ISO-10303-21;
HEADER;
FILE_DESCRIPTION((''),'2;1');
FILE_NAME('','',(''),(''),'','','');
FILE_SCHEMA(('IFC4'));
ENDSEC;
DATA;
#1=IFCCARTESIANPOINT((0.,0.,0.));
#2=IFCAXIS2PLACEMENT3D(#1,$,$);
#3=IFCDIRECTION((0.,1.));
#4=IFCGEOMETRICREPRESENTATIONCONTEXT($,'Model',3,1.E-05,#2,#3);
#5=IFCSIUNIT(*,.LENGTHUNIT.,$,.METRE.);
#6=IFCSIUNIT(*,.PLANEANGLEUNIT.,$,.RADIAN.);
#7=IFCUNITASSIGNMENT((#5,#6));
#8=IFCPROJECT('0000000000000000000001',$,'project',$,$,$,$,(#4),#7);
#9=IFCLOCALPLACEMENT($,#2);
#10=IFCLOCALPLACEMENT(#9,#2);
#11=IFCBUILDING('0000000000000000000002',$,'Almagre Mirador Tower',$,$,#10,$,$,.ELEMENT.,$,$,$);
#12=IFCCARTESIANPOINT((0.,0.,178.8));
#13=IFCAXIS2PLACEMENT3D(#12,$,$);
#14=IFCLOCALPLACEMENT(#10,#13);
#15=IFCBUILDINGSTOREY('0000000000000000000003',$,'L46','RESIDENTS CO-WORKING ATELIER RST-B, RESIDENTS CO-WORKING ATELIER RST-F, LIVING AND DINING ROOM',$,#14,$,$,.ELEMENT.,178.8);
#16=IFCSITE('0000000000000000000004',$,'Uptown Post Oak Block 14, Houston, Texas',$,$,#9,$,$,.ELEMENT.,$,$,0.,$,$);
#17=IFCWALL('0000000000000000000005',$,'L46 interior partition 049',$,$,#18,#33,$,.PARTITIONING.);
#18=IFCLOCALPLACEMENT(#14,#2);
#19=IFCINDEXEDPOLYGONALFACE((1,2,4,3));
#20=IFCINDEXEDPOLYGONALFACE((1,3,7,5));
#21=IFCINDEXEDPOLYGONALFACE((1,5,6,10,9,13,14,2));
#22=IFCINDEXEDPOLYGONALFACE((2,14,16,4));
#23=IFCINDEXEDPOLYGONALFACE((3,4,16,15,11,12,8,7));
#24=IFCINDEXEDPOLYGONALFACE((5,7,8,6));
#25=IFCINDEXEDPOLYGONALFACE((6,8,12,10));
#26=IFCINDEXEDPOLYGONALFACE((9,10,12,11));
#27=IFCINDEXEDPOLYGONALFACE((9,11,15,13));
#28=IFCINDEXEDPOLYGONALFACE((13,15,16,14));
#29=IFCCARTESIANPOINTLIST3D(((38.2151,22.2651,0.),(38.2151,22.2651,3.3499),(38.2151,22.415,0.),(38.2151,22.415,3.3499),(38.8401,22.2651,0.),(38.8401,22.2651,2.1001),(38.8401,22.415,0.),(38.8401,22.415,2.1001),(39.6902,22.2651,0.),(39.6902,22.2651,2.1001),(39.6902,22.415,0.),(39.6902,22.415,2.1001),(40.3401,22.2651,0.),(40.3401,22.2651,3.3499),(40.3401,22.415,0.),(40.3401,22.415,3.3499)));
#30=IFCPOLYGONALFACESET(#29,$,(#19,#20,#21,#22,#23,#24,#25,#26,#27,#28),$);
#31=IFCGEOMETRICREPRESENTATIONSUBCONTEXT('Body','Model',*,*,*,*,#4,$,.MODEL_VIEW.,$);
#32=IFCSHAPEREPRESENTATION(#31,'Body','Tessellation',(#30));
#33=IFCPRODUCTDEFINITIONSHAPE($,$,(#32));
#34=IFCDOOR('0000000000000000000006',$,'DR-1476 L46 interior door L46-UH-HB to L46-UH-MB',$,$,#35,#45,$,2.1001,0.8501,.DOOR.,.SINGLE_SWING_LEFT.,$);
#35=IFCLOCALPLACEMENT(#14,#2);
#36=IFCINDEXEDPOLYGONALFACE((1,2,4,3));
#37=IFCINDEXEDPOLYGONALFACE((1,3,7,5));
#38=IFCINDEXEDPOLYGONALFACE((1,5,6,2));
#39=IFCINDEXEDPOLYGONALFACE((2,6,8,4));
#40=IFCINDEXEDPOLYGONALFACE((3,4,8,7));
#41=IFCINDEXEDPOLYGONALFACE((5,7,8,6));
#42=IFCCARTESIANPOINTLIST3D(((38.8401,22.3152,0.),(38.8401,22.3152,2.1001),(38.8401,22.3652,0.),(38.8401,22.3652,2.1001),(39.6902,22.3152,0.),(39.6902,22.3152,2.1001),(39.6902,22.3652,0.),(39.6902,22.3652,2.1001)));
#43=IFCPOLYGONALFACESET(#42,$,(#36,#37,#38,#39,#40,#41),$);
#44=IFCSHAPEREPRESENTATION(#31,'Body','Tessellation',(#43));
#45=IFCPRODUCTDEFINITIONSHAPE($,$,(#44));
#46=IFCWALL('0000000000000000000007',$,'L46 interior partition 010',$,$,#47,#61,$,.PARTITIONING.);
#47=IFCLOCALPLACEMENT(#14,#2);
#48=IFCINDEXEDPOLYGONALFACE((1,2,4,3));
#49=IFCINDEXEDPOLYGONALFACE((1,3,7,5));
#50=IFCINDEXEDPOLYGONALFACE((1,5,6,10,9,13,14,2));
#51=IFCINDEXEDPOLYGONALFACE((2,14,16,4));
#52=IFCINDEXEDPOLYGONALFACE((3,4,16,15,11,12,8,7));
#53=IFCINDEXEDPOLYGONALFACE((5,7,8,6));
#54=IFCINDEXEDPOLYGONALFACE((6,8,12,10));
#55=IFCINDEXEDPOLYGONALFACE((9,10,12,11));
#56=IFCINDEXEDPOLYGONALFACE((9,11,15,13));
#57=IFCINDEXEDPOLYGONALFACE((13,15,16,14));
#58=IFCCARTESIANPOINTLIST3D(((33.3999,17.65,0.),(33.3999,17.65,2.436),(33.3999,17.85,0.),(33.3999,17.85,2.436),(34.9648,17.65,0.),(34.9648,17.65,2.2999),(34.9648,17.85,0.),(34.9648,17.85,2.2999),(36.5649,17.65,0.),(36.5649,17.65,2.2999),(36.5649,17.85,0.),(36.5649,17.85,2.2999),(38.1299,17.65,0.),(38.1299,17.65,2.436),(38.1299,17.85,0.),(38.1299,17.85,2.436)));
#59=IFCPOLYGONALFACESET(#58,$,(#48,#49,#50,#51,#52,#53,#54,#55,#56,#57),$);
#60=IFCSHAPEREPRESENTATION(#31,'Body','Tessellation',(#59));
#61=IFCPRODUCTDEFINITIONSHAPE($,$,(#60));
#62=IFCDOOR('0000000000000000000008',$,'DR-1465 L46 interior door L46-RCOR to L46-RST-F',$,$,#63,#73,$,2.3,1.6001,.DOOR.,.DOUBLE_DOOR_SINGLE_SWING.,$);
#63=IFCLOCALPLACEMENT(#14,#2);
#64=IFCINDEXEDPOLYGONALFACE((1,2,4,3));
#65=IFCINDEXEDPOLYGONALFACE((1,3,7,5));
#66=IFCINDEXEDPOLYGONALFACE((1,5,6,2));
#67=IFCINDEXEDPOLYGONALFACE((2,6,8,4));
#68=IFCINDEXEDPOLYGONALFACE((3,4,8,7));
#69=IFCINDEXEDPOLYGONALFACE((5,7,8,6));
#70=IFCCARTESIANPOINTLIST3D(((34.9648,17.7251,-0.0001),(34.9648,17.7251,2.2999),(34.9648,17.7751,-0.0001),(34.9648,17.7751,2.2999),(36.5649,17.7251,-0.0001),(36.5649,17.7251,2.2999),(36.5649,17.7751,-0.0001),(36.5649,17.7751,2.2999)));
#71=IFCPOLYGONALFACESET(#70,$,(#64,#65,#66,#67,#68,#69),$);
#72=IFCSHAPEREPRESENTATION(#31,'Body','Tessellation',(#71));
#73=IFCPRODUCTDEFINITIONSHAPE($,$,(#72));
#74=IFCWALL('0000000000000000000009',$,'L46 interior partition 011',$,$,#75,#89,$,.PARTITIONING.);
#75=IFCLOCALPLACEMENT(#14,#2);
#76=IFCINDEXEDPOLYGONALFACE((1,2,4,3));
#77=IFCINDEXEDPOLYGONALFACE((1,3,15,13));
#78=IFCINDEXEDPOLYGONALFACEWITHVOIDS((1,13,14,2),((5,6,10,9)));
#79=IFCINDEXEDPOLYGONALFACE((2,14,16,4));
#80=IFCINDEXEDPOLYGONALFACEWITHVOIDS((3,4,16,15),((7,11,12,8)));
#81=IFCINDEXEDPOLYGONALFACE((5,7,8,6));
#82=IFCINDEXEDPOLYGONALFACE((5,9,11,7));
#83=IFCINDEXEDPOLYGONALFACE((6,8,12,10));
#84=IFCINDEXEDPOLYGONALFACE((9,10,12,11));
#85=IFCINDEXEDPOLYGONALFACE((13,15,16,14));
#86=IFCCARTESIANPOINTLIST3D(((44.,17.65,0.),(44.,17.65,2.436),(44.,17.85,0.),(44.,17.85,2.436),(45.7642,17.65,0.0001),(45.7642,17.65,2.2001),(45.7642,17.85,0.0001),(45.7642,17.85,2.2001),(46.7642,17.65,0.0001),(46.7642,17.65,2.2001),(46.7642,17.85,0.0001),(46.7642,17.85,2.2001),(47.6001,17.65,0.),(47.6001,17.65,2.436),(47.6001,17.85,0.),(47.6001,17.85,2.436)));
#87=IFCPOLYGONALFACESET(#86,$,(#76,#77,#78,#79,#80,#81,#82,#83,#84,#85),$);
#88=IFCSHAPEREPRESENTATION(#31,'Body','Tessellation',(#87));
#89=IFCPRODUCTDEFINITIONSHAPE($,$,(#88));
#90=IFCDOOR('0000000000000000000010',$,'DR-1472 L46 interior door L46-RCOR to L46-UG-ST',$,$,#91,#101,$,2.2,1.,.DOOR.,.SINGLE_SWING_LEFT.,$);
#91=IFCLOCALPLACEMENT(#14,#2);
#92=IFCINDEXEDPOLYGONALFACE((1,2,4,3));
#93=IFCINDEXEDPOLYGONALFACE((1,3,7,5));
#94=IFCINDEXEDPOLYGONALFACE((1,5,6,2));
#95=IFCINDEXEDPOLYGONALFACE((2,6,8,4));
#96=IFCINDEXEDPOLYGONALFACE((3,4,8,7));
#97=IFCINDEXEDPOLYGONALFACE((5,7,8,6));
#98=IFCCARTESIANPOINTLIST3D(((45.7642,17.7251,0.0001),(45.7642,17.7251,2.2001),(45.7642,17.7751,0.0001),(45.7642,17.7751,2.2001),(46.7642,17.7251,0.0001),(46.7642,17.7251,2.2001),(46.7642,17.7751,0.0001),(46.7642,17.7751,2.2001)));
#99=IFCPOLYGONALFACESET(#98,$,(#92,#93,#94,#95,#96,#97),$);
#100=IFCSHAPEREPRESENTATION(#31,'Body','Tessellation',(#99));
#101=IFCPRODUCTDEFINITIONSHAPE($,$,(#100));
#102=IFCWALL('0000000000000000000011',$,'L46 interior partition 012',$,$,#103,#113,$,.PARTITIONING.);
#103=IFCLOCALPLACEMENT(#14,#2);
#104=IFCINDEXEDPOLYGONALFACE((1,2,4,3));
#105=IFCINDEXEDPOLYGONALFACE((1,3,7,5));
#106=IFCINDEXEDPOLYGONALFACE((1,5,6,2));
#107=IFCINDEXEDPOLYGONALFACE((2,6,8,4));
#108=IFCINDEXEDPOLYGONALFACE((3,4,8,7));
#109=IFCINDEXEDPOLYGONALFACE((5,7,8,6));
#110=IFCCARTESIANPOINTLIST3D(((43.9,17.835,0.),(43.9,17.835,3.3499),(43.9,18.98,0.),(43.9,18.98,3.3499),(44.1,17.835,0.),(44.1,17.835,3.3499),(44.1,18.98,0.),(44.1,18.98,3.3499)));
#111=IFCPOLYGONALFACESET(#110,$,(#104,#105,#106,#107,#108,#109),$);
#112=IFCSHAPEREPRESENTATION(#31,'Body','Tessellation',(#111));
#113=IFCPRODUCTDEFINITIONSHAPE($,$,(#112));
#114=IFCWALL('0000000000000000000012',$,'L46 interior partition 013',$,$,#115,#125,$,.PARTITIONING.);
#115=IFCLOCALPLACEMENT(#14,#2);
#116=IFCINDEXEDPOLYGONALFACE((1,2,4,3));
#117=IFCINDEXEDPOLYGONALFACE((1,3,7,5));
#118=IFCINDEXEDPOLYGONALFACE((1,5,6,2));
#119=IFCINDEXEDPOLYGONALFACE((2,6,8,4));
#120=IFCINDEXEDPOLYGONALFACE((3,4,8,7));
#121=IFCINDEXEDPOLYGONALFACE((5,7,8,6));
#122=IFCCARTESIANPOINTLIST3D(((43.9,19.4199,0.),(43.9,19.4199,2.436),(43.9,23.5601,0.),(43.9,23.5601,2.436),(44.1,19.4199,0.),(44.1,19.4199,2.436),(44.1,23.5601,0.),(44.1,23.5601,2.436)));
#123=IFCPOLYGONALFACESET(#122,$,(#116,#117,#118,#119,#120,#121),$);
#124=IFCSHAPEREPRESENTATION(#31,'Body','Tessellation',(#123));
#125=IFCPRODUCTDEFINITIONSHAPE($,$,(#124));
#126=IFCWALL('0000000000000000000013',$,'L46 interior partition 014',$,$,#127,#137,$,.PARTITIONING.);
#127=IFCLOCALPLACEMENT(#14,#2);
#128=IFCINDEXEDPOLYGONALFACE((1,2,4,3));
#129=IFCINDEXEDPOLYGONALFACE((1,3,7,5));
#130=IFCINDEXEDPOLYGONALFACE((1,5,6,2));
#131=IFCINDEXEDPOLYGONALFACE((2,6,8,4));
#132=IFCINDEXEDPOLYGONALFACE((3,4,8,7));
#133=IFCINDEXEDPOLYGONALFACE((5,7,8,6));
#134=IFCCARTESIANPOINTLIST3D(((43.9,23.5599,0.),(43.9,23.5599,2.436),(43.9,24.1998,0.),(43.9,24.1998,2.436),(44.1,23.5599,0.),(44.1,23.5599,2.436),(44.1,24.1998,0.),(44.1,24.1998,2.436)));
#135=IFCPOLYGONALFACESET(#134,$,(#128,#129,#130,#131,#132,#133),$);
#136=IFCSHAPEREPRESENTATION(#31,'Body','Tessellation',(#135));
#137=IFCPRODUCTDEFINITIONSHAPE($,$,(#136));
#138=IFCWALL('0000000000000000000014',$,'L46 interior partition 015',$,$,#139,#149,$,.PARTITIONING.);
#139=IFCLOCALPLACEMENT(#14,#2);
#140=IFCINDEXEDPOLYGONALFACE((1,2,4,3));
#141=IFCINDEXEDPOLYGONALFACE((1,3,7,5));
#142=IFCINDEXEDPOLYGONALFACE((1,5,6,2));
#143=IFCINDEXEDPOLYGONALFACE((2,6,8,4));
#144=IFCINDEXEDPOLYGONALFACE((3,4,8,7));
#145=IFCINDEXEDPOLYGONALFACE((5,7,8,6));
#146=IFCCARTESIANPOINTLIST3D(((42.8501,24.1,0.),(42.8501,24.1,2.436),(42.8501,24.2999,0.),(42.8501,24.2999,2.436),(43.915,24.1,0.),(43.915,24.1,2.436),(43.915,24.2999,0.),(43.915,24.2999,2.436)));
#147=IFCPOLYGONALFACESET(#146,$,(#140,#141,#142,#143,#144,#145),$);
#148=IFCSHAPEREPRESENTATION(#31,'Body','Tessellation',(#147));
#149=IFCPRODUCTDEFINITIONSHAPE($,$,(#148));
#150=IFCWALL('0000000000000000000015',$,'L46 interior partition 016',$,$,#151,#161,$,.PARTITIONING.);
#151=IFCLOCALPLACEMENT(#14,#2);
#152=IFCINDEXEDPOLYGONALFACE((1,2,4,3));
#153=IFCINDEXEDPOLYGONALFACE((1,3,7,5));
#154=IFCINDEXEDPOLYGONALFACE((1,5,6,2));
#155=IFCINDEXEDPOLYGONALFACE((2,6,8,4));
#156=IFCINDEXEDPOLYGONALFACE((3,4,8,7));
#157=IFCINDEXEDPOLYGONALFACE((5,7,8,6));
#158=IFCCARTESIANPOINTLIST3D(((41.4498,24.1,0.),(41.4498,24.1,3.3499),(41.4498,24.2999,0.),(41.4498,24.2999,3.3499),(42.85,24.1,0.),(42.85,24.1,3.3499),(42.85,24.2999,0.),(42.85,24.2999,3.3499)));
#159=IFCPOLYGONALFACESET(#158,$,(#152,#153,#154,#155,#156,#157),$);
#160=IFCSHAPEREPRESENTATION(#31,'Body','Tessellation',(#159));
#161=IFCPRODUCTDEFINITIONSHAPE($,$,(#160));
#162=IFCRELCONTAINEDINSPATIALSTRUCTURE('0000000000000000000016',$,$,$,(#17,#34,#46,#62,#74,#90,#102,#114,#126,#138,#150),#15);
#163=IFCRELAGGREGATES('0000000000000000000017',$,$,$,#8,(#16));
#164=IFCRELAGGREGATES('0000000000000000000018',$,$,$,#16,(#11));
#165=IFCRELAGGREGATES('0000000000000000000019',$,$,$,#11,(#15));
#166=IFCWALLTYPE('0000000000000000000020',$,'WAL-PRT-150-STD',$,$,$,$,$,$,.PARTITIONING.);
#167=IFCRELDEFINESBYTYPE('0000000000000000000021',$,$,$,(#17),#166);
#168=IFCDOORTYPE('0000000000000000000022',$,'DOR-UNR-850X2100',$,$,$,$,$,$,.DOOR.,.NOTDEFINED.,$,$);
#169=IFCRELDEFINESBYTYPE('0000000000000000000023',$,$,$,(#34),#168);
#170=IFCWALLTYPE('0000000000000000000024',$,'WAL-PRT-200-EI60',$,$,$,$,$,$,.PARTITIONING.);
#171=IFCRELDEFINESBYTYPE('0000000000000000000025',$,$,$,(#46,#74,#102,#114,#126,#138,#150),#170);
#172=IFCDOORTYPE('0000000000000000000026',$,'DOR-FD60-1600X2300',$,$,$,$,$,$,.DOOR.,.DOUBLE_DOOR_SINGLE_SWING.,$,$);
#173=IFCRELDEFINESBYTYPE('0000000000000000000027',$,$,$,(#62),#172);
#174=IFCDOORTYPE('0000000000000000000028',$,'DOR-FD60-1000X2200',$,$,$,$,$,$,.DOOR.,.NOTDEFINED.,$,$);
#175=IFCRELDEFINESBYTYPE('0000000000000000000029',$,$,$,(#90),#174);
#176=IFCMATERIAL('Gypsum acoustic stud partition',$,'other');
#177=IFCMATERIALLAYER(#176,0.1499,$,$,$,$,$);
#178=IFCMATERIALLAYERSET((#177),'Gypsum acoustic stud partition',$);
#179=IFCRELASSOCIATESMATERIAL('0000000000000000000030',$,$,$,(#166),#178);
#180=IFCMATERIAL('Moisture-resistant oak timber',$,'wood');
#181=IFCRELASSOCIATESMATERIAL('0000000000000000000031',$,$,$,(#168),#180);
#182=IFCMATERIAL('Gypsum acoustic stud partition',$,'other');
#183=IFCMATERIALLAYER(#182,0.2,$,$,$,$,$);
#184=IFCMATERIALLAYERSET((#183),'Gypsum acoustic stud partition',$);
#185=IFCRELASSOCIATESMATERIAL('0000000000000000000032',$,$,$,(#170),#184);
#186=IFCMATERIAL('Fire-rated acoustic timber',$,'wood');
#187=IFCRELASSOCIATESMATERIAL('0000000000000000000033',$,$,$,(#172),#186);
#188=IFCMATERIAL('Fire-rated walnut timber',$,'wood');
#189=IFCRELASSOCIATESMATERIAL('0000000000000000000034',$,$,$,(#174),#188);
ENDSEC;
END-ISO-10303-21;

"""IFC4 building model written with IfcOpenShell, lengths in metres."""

from ifc_helpers import new_model, si_unit, direction, frame, frame_2d, origin, place, context, subcontext, project, spatial, rectangle, extrude, material, layer, layer_set, type_object, element, fill, save


model = new_model("IFC4")

# Units and contexts
model_context = context("Model", 3, precision=1e-05, world=origin(), true_north=direction((0.0, 1.0)))
body_context = subcontext(model_context, "Body", "Model", "MODEL_VIEW")
ifc_project = project(units=[si_unit("LENGTHUNIT", "METRE"), si_unit("PLANEANGLEUNIT", "RADIAN")], contexts=[model_context])

# Site, building, storey
site_placement = place(None, origin())
site = spatial("IfcSite", under=ifc_project, at=site_placement, Name="Uptown Post Oak Block 14, Houston, Texas", CompositionType="ELEMENT", RefElevation=0.0)
building_placement = place(site_placement, origin())
building = spatial("IfcBuilding", under=site, at=building_placement, Name="Almagre Mirador Tower", CompositionType="ELEMENT")
storey_placement = place(building_placement, frame((0.0, 0.0, 178.8)))
storey = spatial("IfcBuildingStorey", under=building, at=storey_placement, Name="L46", Description="RESIDENTS CO-WORKING ATELIER RST-B, RESIDENTS CO-WORKING ATELIER RST-F, LIVING AND DINING ROOM", CompositionType="ELEMENT", Elevation=178.8)

# Shared definitions
ifc_material_1 = material(Name="Gypsum acoustic stud partition", Category="other")
ifc_layer_1 = layer(ifc_material_1, 0.1499)
ifc_layer_set_1 = layer_set([ifc_layer_1], Name="Gypsum acoustic stud partition")
wall_type_1 = type_object("IfcWallType", Name="WAL-PRT-150-STD", PredefinedType="PARTITIONING", material=ifc_layer_set_1)

# Walls, openings, doors
wall_1_placement = place(storey_placement, frame((40.3401, 22.3401, 0.0), z_axis=(0.0, 0.0, 1.0), x_axis=(-1.0, 0.0, 0.0)))
wall_1 = element("IfcWall", 1, at=wall_1_placement, inside=storey, type_object=wall_type_1, Name="L46 interior partition 049", PredefinedType="PARTITIONING", context=body_context, shape_type="SweptSolid", body=[
    extrude(rectangle(XDim=2.125, YDim=0.1499, at=frame_2d((1.0625, 0.0))), origin(), (0.0, 0.0, 1.0), 3.3499),
])
opening_1_placement = place(wall_1_placement, frame((0.6499, 0.0, 0.0)))
opening_1 = element("IfcOpeningElement", 2, at=opening_1_placement, cuts=wall_1, PredefinedType="OPENING", context=body_context, shape_type="SweptSolid", body=[
    extrude(rectangle(XDim=0.8501, YDim=2.1001, at=frame_2d((0.425, 1.05))), frame((0.0, 0.085, 0.0), z_axis=(0.0, -1.0, 0.0), x_axis=(1.0, 0.0, 0.0)), (0.0, 0.0, 1.0), 0.1699),
])
ifc_material_2 = material(Name="Moisture-resistant oak timber", Category="wood")
door_type_1 = type_object("IfcDoorType", Name="DOR-UNR-850X2100", OperationType="NOTDEFINED", PredefinedType="DOOR", material=ifc_material_2)
door_1_placement = place(opening_1_placement, origin())
door_1 = element("IfcDoor", 3, at=door_1_placement, inside=storey, type_object=door_type_1, Name="DR-1476 L46 interior door L46-UH-HB to L46-UH-MB", OperationType="SINGLE_SWING_LEFT", OverallHeight=2.1001, OverallWidth=0.8501, PredefinedType="DOOR", context=body_context, shape_type="SweptSolid", body=[
    extrude(rectangle(XDim=0.8501, YDim=2.1001, at=frame_2d((0.425, 1.05))), frame((0.0, 0.0249, 0.0), z_axis=(0.0, -1.0, 0.0), x_axis=(1.0, 0.0, 0.0)), (0.0, 0.0, 1.0), 0.05),
])
fill(opening_1, door_1)
ifc_material_3 = material(Name="Gypsum acoustic stud partition", Category="other")
ifc_layer_2 = layer(ifc_material_3, 0.2)
ifc_layer_set_2 = layer_set([ifc_layer_2], Name="Gypsum acoustic stud partition")
wall_type_2 = type_object("IfcWallType", Name="WAL-PRT-200-EI60", PredefinedType="PARTITIONING", material=ifc_layer_set_2)
wall_2_placement = place(storey_placement, frame((38.1299, 17.75, 0.0), z_axis=(0.0, 0.0, 1.0), x_axis=(-1.0, 0.0, 0.0)))
wall_2 = element("IfcWall", 4, at=wall_2_placement, inside=storey, type_object=wall_type_2, Name="L46 interior partition 010", PredefinedType="PARTITIONING", context=body_context, shape_type="SweptSolid", body=[
    extrude(rectangle(XDim=4.73, YDim=0.2, at=frame_2d((2.365, 0.0))), origin(), (0.0, 0.0, 1.0), 2.436),
])
opening_2_placement = place(wall_2_placement, frame((1.5649, 0.0, 0.0)))
opening_2 = element("IfcOpeningElement", 5, at=opening_2_placement, cuts=wall_2, PredefinedType="OPENING", context=body_context, shape_type="SweptSolid", body=[
    extrude(rectangle(XDim=1.6001, YDim=2.3, at=frame_2d((0.8, 1.1499))), frame((0.0, 0.1101, 0.0), z_axis=(0.0, -1.0, 0.0), x_axis=(1.0, 0.0, 0.0)), (0.0, 0.0, 1.0), 0.22),
])
ifc_material_4 = material(Name="Fire-rated acoustic timber", Category="wood")
door_type_2 = type_object("IfcDoorType", Name="DOR-FD60-1600X2300", OperationType="DOUBLE_DOOR_SINGLE_SWING", PredefinedType="DOOR", material=ifc_material_4)
door_2_placement = place(opening_2_placement, origin())
door_2 = element("IfcDoor", 6, at=door_2_placement, inside=storey, type_object=door_type_2, Name="DR-1465 L46 interior door L46-RCOR to L46-RST-F", OperationType="DOUBLE_DOOR_SINGLE_SWING", OverallHeight=2.3, OverallWidth=1.6001, PredefinedType="DOOR", context=body_context, shape_type="SweptSolid", body=[
    extrude(rectangle(XDim=1.6001, YDim=2.3, at=frame_2d((0.8, 1.1499))), frame((0.0, 0.0249, 0.0), z_axis=(0.0, -1.0, 0.0), x_axis=(1.0, 0.0, 0.0)), (0.0, 0.0, 1.0), 0.05),
])
fill(opening_2, door_2)
wall_3_placement = place(storey_placement, frame((47.6001, 17.75, 0.0), z_axis=(0.0, 0.0, 1.0), x_axis=(-1.0, 0.0, 0.0)))
wall_3 = element("IfcWall", 7, at=wall_3_placement, inside=storey, type_object=wall_type_2, Name="L46 interior partition 011", PredefinedType="PARTITIONING", context=body_context, shape_type="SweptSolid", body=[
    extrude(rectangle(XDim=3.6001, YDim=0.2, at=frame_2d((1.8, 0.0))), origin(), (0.0, 0.0, 1.0), 2.436),
])
opening_3_placement = place(wall_3_placement, frame((0.8359, 0.0, 0.0)))
opening_3 = element("IfcOpeningElement", 8, at=opening_3_placement, cuts=wall_3, PredefinedType="OPENING", context=body_context, shape_type="SweptSolid", body=[
    extrude(rectangle(XDim=1.0, YDim=2.2, at=frame_2d((0.5, 1.1001))), frame((0.0, 0.1101, 0.0), z_axis=(0.0, -1.0, 0.0), x_axis=(1.0, 0.0, 0.0)), (0.0, 0.0, 1.0), 0.22),
])
ifc_material_5 = material(Name="Fire-rated walnut timber", Category="wood")
door_type_3 = type_object("IfcDoorType", Name="DOR-FD60-1000X2200", OperationType="NOTDEFINED", PredefinedType="DOOR", material=ifc_material_5)
door_3_placement = place(opening_3_placement, origin())
door_3 = element("IfcDoor", 9, at=door_3_placement, inside=storey, type_object=door_type_3, Name="DR-1472 L46 interior door L46-RCOR to L46-UG-ST", OperationType="SINGLE_SWING_LEFT", OverallHeight=2.2, OverallWidth=1.0, PredefinedType="DOOR", context=body_context, shape_type="SweptSolid", body=[
    extrude(rectangle(XDim=1.0, YDim=2.2, at=frame_2d((0.5, 1.1001))), frame((0.0, 0.0249, 0.0), z_axis=(0.0, -1.0, 0.0), x_axis=(1.0, 0.0, 0.0)), (0.0, 0.0, 1.0), 0.05),
])
fill(opening_3, door_3)

# Walls
wall_4_placement = place(storey_placement, frame((44.0, 17.835, 0.0), z_axis=(0.0, 0.0, 1.0), x_axis=(0.0, 1.0, 0.0)))
element("IfcWall", 10, at=wall_4_placement, inside=storey, type_object=wall_type_2, Name="L46 interior partition 012", PredefinedType="PARTITIONING", context=body_context, shape_type="SweptSolid", body=[
    extrude(rectangle(XDim=1.145, YDim=0.2, at=frame_2d((0.5725, 0.0))), origin(), (0.0, 0.0, 1.0), 3.3499),
])
wall_5_placement = place(storey_placement, frame((44.0, 19.4199, 0.0), z_axis=(0.0, 0.0, 1.0), x_axis=(0.0, 1.0, 0.0)))
element("IfcWall", 11, at=wall_5_placement, inside=storey, type_object=wall_type_2, Name="L46 interior partition 013", PredefinedType="PARTITIONING", context=body_context, shape_type="SweptSolid", body=[
    extrude(rectangle(XDim=4.1401, YDim=0.2, at=frame_2d((2.0701, 0.0))), origin(), (0.0, 0.0, 1.0), 2.436),
])
wall_6_placement = place(storey_placement, frame((44.0, 23.5601, 0.0), z_axis=(0.0, 0.0, 1.0), x_axis=(0.0, 1.0, 0.0)))
element("IfcWall", 12, at=wall_6_placement, inside=storey, type_object=wall_type_2, Name="L46 interior partition 014", PredefinedType="PARTITIONING", context=body_context, shape_type="SweptSolid", body=[
    extrude(rectangle(XDim=0.6399, YDim=0.2, at=frame_2d((0.3198, 0.0))), origin(), (0.0, 0.0, 1.0), 2.436),
])
wall_7_placement = place(storey_placement, frame((43.915, 24.2, 0.0), z_axis=(0.0, 0.0, 1.0), x_axis=(-1.0, 0.0, 0.0)))
element("IfcWall", 13, at=wall_7_placement, inside=storey, type_object=wall_type_2, Name="L46 interior partition 015", PredefinedType="PARTITIONING", context=body_context, shape_type="SweptSolid", body=[
    extrude(rectangle(XDim=1.0649, YDim=0.2, at=frame_2d((0.5325, 0.0))), origin(), (0.0, 0.0, 1.0), 2.436),
])
wall_8_placement = place(storey_placement, frame((42.8501, 24.2, 0.0), z_axis=(0.0, 0.0, 1.0), x_axis=(-1.0, 0.0, 0.0)))
element("IfcWall", 14, at=wall_8_placement, inside=storey, type_object=wall_type_2, Name="L46 interior partition 016", PredefinedType="PARTITIONING", context=body_context, shape_type="SweptSolid", body=[
    extrude(rectangle(XDim=1.4001, YDim=0.2, at=frame_2d((0.7002, 0.0))), origin(), (0.0, 0.0, 1.0), 3.3499),
])

save(model, "model.ifc")
